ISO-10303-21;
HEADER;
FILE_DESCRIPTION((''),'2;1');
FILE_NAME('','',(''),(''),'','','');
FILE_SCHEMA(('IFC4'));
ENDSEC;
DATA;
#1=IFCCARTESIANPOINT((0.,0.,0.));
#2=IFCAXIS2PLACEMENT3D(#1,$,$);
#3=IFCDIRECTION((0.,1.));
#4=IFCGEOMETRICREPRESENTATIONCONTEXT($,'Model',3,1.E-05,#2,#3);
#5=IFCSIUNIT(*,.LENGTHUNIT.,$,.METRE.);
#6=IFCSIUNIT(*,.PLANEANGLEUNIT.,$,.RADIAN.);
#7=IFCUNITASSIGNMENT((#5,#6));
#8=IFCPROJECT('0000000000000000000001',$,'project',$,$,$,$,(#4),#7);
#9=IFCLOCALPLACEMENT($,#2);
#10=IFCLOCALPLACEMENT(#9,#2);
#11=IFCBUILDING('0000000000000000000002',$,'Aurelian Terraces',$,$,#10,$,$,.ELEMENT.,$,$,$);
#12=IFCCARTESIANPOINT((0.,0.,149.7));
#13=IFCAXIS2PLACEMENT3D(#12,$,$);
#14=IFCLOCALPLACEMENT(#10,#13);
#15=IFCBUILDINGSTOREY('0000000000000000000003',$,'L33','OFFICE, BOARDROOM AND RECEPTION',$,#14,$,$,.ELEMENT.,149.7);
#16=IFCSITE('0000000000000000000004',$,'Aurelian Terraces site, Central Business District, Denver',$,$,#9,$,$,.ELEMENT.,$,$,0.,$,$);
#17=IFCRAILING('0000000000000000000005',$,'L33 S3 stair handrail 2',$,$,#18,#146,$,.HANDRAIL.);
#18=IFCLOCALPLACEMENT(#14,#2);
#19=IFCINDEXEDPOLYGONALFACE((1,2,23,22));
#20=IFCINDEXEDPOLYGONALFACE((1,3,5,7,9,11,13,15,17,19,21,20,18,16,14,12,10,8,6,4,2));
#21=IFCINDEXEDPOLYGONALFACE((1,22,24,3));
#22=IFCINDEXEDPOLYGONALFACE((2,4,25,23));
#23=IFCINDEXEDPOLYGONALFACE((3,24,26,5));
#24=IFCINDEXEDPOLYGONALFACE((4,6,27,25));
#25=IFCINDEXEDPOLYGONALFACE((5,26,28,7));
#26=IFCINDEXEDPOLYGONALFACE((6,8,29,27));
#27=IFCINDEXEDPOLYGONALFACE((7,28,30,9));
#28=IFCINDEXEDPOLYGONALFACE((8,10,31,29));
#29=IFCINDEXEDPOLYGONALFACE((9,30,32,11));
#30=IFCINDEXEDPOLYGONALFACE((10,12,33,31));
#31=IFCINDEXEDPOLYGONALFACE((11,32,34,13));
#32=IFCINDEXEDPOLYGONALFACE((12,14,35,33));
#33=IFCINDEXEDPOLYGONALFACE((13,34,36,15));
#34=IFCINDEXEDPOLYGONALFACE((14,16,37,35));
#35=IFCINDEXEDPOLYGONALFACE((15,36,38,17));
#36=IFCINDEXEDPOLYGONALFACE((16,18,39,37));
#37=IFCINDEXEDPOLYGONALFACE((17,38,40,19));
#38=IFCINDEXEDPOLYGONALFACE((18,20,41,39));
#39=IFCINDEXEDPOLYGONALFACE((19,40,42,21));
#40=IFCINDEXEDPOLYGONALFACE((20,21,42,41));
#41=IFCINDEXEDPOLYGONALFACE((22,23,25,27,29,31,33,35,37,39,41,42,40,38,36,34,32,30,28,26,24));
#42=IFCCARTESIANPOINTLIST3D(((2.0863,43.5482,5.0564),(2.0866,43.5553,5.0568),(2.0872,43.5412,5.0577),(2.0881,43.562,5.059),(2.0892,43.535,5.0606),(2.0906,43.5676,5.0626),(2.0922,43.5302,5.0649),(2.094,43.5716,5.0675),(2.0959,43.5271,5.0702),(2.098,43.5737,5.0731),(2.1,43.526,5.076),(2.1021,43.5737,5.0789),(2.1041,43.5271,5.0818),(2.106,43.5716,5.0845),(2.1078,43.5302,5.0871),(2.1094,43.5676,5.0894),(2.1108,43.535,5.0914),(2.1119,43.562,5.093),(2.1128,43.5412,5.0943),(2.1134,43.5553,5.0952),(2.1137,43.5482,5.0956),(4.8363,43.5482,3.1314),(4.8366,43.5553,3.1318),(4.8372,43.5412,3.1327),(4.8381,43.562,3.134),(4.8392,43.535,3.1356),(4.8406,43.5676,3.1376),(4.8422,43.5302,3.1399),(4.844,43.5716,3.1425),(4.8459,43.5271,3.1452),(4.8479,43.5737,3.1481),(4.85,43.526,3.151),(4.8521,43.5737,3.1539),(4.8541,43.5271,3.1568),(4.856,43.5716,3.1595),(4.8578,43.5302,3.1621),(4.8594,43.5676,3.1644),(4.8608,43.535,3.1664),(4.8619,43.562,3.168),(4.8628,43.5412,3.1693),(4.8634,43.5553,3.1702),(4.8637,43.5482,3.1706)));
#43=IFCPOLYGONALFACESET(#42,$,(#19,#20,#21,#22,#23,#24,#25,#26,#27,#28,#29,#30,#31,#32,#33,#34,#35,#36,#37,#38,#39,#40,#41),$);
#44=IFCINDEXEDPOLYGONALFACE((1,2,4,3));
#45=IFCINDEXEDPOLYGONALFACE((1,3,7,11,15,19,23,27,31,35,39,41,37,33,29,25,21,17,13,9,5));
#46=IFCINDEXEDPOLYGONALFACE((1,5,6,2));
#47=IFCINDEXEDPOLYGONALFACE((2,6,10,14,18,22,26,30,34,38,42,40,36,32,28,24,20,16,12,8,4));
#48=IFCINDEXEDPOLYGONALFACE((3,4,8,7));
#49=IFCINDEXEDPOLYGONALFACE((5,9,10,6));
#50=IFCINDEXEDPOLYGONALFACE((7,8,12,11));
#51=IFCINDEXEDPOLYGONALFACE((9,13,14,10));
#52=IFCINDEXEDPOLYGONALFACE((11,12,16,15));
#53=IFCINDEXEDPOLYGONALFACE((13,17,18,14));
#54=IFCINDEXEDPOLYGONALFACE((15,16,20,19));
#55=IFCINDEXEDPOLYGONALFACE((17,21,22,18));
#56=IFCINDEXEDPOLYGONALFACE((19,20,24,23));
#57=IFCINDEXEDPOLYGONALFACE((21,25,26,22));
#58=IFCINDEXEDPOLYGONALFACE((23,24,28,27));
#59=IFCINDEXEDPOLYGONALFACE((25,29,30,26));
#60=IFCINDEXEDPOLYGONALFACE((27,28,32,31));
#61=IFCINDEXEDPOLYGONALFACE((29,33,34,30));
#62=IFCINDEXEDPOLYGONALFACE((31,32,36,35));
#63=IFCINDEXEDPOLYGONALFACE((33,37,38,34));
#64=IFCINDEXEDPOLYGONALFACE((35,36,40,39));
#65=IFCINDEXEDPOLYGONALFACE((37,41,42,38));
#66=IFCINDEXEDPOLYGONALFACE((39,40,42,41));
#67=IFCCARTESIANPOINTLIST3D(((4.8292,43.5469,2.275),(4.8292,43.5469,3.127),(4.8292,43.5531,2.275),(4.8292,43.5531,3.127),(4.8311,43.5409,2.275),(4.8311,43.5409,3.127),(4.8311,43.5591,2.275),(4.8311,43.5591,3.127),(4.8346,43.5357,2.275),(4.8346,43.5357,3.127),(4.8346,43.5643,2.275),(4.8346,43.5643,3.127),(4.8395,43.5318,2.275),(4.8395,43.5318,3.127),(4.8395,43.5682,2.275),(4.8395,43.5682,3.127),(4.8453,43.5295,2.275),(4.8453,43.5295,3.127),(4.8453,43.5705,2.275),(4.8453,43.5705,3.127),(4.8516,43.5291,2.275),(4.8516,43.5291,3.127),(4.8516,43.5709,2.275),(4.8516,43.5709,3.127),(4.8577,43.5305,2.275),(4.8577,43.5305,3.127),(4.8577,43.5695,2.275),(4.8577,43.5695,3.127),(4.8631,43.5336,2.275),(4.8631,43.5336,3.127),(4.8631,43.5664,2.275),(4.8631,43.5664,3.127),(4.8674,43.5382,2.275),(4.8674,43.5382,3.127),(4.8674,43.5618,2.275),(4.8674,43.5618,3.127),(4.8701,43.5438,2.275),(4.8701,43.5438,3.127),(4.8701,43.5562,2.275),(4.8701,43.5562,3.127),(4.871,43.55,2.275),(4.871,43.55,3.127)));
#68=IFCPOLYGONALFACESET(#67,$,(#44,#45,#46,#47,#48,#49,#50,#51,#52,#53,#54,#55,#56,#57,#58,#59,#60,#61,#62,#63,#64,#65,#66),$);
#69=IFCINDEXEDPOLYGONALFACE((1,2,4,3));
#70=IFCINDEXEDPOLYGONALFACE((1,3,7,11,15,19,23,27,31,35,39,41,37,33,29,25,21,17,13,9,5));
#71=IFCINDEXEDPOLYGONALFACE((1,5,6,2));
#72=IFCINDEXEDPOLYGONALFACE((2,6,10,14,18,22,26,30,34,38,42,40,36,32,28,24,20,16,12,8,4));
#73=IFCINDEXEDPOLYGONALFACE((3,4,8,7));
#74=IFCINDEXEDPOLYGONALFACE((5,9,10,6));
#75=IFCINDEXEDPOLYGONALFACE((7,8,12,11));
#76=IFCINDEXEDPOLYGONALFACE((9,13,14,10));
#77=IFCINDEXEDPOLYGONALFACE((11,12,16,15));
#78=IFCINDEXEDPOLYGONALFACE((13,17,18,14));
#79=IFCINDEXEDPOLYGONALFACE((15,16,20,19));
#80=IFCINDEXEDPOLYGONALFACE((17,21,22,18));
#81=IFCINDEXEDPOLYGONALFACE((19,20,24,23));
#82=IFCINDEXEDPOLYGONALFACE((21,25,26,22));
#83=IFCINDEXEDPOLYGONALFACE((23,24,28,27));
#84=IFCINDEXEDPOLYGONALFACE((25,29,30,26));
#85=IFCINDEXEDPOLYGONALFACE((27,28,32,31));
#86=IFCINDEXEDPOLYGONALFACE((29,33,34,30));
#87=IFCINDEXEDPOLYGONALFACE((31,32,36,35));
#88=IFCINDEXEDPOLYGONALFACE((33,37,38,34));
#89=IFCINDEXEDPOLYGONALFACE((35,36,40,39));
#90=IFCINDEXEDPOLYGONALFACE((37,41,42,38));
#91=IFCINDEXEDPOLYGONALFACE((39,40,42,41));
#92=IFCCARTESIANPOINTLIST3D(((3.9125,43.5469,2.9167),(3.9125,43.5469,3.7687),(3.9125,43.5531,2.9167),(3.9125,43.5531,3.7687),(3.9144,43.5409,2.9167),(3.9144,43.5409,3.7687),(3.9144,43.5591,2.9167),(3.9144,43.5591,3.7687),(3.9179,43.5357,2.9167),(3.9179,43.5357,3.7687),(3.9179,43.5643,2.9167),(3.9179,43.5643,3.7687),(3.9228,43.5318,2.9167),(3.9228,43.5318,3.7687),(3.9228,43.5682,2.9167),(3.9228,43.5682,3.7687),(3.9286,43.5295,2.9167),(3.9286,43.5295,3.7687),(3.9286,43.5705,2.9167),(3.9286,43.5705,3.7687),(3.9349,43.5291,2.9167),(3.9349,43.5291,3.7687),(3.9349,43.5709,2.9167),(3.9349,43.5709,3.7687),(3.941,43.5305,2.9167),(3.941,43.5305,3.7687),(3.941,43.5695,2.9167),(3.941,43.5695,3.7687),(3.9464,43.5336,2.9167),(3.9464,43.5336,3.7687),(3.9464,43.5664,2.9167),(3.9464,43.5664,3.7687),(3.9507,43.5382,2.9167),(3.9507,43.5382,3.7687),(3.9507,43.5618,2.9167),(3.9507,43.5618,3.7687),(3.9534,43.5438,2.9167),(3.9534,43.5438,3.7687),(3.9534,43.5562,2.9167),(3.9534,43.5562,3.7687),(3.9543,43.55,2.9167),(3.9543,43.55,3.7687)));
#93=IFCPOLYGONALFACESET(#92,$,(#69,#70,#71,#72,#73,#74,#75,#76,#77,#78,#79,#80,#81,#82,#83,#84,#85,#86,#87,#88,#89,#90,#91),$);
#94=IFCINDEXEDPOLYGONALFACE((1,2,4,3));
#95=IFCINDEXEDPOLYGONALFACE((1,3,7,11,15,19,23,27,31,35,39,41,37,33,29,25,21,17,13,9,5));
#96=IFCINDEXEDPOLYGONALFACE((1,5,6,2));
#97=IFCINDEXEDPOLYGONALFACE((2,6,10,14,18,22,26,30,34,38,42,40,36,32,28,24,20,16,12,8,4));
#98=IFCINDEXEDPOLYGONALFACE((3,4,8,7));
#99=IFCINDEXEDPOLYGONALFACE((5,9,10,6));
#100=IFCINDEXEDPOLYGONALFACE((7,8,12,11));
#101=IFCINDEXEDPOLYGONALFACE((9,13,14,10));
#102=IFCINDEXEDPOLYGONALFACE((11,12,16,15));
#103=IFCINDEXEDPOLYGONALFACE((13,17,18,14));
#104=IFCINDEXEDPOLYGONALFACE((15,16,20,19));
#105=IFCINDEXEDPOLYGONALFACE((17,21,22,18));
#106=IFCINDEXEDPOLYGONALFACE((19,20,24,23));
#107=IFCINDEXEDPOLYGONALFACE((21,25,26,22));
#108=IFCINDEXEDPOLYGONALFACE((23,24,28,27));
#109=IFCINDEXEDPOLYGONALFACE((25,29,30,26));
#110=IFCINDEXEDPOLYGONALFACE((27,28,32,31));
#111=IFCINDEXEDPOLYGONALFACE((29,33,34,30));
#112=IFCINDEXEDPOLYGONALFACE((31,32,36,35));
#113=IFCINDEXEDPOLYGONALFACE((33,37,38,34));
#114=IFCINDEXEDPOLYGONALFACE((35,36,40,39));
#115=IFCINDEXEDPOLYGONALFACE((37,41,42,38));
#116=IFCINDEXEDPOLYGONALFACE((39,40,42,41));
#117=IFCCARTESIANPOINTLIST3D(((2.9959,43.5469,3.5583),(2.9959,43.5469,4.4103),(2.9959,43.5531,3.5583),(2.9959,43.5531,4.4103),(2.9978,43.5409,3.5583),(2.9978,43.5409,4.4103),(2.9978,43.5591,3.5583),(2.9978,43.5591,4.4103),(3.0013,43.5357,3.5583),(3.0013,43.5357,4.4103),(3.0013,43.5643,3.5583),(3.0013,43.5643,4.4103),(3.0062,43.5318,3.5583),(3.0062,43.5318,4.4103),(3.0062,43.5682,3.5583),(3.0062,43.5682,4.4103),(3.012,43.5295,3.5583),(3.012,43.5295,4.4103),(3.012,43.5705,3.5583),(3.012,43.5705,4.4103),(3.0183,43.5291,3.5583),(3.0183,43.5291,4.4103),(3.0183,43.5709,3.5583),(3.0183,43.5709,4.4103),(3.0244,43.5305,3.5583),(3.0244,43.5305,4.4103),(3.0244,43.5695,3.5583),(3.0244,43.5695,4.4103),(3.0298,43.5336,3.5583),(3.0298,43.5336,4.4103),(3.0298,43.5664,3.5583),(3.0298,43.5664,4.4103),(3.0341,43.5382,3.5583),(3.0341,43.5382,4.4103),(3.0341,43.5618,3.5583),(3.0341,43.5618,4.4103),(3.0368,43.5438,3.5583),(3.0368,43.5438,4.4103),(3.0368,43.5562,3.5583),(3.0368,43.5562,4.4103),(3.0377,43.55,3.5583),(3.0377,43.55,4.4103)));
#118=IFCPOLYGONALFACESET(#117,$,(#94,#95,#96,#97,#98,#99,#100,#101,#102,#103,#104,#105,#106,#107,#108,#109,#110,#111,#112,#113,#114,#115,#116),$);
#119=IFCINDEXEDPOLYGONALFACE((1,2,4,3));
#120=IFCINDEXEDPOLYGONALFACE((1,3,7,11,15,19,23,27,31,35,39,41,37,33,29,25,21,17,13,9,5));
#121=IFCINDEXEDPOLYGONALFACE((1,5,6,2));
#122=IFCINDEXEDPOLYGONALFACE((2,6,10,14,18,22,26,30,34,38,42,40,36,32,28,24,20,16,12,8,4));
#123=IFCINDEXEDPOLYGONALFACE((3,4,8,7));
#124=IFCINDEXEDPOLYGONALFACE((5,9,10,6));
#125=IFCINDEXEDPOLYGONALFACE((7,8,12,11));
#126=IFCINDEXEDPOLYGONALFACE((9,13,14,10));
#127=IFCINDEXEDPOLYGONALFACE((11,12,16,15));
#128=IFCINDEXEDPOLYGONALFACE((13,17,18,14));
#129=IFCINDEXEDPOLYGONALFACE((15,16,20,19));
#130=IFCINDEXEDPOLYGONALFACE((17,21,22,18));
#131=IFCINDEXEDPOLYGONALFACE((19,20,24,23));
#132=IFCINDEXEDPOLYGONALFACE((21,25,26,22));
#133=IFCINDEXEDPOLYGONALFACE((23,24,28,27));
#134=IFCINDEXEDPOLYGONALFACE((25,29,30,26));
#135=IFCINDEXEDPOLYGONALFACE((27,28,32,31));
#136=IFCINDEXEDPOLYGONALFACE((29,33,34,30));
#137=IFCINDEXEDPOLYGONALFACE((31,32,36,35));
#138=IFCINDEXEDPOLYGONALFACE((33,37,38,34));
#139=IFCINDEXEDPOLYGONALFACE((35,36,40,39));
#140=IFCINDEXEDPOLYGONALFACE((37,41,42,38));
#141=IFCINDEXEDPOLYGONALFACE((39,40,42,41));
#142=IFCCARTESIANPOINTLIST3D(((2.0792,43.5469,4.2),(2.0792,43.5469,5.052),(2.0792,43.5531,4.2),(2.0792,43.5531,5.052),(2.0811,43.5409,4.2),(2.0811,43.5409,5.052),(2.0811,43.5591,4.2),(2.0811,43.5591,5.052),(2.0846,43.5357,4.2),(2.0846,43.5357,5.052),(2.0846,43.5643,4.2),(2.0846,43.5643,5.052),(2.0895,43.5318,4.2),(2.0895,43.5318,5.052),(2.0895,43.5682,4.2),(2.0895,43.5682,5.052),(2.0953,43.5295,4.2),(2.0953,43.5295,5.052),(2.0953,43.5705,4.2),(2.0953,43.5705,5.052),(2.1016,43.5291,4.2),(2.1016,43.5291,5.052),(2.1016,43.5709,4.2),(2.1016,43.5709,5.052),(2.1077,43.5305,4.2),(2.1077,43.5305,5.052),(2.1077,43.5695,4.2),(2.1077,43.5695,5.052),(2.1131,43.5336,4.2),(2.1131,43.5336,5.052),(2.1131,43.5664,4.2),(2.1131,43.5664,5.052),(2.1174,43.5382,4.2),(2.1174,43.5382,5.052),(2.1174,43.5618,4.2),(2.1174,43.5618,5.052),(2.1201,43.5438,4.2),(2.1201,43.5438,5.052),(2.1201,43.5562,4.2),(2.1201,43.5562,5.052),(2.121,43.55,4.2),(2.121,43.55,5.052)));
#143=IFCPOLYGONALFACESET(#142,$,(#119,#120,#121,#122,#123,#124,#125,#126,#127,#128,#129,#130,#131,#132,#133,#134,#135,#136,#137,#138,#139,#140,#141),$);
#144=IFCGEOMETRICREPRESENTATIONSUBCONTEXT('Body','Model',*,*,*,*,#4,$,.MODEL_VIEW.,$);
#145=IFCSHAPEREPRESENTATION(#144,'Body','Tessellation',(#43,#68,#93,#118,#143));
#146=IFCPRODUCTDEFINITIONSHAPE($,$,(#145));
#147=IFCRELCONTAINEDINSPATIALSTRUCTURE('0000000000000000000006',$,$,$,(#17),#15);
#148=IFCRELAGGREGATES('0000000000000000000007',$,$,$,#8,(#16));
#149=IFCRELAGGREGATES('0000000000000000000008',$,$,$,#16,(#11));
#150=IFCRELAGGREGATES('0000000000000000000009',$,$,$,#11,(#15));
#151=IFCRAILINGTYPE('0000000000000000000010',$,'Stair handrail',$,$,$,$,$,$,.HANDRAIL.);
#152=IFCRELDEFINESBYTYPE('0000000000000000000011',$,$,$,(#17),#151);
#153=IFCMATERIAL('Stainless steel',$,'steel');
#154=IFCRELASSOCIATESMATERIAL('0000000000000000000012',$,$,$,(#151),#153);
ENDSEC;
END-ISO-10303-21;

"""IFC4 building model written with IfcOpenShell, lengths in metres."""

from ifc_helpers import new_model, si_unit, direction, frame, origin, origin_2d, place, context, subcontext, project, spatial, circle, extrude, source, transform, mapped, material, type_object, element, save


model = new_model("IFC4")

# Units and contexts
model_context = context("Model", 3, precision=1e-05, world=origin(), true_north=direction((0.0, 1.0)))
body_context = subcontext(model_context, "Body", "Model", "MODEL_VIEW")
ifc_project = project(units=[si_unit("LENGTHUNIT", "METRE"), si_unit("PLANEANGLEUNIT", "RADIAN")], contexts=[model_context])

# Site, building, storey
site_placement = place(None, origin())
site = spatial("IfcSite", under=ifc_project, at=site_placement, Name="Aurelian Terraces site, Central Business District, Denver", CompositionType="ELEMENT", RefElevation=0.0)
building_placement = place(site_placement, origin())
building = spatial("IfcBuilding", under=site, at=building_placement, Name="Aurelian Terraces", CompositionType="ELEMENT")
storey_placement = place(building_placement, frame((0.0, 0.0, 149.7)))
storey = spatial("IfcBuildingStorey", under=building, at=storey_placement, Name="L33", Description="OFFICE, BOARDROOM AND RECEPTION", CompositionType="ELEMENT", Elevation=149.7)

# Railing
ifc_material_1 = material(Name="Stainless steel", Category="steel")
railing_type_1 = type_object("IfcRailingType", Name="Stair handrail", PredefinedType="HANDRAIL", material=ifc_material_1)
shared_shape_1 = source(origin(), body_context, "Body", "SweptSolid", [
    extrude(circle(Radius=0.024, at=origin_2d()), frame((0.0, 0.0, 0.876), z_axis=(-0.819232, 0.0, 0.573462), x_axis=(0.0, -1.0, 0.0)), (0.0, 0.0, 1.0), 3.3568),
    extrude(circle(Radius=0.021, at=origin_2d()), origin(), (0.0, 0.0, 1.0), 0.852),
    extrude(circle(Radius=0.021, at=origin_2d()), frame((-0.9167, 0.0, 0.6417)), (0.0, 0.0, 1.0), 0.852),
    extrude(circle(Radius=0.021, at=origin_2d()), frame((-1.8333, 0.0, 1.2833)), (0.0, 0.0, 1.0), 0.852),
    extrude(circle(Radius=0.021, at=origin_2d()), frame((-2.75, 0.0, 1.925)), (0.0, 0.0, 1.0), 0.852),
])
railing_1_placement = place(storey_placement, frame((4.85, 43.55, 2.275)))
element("IfcRailing", 1, at=railing_1_placement, inside=storey, type_object=railing_type_1, Name="L33 S3 stair handrail 2", PredefinedType="HANDRAIL", context=body_context, shape_type="MappedRepresentation", body=[
    mapped(shared_shape_1, transform((0.0, 0.0, 0.0), scale=1.0)),
])

save(model, "model.ifc")
